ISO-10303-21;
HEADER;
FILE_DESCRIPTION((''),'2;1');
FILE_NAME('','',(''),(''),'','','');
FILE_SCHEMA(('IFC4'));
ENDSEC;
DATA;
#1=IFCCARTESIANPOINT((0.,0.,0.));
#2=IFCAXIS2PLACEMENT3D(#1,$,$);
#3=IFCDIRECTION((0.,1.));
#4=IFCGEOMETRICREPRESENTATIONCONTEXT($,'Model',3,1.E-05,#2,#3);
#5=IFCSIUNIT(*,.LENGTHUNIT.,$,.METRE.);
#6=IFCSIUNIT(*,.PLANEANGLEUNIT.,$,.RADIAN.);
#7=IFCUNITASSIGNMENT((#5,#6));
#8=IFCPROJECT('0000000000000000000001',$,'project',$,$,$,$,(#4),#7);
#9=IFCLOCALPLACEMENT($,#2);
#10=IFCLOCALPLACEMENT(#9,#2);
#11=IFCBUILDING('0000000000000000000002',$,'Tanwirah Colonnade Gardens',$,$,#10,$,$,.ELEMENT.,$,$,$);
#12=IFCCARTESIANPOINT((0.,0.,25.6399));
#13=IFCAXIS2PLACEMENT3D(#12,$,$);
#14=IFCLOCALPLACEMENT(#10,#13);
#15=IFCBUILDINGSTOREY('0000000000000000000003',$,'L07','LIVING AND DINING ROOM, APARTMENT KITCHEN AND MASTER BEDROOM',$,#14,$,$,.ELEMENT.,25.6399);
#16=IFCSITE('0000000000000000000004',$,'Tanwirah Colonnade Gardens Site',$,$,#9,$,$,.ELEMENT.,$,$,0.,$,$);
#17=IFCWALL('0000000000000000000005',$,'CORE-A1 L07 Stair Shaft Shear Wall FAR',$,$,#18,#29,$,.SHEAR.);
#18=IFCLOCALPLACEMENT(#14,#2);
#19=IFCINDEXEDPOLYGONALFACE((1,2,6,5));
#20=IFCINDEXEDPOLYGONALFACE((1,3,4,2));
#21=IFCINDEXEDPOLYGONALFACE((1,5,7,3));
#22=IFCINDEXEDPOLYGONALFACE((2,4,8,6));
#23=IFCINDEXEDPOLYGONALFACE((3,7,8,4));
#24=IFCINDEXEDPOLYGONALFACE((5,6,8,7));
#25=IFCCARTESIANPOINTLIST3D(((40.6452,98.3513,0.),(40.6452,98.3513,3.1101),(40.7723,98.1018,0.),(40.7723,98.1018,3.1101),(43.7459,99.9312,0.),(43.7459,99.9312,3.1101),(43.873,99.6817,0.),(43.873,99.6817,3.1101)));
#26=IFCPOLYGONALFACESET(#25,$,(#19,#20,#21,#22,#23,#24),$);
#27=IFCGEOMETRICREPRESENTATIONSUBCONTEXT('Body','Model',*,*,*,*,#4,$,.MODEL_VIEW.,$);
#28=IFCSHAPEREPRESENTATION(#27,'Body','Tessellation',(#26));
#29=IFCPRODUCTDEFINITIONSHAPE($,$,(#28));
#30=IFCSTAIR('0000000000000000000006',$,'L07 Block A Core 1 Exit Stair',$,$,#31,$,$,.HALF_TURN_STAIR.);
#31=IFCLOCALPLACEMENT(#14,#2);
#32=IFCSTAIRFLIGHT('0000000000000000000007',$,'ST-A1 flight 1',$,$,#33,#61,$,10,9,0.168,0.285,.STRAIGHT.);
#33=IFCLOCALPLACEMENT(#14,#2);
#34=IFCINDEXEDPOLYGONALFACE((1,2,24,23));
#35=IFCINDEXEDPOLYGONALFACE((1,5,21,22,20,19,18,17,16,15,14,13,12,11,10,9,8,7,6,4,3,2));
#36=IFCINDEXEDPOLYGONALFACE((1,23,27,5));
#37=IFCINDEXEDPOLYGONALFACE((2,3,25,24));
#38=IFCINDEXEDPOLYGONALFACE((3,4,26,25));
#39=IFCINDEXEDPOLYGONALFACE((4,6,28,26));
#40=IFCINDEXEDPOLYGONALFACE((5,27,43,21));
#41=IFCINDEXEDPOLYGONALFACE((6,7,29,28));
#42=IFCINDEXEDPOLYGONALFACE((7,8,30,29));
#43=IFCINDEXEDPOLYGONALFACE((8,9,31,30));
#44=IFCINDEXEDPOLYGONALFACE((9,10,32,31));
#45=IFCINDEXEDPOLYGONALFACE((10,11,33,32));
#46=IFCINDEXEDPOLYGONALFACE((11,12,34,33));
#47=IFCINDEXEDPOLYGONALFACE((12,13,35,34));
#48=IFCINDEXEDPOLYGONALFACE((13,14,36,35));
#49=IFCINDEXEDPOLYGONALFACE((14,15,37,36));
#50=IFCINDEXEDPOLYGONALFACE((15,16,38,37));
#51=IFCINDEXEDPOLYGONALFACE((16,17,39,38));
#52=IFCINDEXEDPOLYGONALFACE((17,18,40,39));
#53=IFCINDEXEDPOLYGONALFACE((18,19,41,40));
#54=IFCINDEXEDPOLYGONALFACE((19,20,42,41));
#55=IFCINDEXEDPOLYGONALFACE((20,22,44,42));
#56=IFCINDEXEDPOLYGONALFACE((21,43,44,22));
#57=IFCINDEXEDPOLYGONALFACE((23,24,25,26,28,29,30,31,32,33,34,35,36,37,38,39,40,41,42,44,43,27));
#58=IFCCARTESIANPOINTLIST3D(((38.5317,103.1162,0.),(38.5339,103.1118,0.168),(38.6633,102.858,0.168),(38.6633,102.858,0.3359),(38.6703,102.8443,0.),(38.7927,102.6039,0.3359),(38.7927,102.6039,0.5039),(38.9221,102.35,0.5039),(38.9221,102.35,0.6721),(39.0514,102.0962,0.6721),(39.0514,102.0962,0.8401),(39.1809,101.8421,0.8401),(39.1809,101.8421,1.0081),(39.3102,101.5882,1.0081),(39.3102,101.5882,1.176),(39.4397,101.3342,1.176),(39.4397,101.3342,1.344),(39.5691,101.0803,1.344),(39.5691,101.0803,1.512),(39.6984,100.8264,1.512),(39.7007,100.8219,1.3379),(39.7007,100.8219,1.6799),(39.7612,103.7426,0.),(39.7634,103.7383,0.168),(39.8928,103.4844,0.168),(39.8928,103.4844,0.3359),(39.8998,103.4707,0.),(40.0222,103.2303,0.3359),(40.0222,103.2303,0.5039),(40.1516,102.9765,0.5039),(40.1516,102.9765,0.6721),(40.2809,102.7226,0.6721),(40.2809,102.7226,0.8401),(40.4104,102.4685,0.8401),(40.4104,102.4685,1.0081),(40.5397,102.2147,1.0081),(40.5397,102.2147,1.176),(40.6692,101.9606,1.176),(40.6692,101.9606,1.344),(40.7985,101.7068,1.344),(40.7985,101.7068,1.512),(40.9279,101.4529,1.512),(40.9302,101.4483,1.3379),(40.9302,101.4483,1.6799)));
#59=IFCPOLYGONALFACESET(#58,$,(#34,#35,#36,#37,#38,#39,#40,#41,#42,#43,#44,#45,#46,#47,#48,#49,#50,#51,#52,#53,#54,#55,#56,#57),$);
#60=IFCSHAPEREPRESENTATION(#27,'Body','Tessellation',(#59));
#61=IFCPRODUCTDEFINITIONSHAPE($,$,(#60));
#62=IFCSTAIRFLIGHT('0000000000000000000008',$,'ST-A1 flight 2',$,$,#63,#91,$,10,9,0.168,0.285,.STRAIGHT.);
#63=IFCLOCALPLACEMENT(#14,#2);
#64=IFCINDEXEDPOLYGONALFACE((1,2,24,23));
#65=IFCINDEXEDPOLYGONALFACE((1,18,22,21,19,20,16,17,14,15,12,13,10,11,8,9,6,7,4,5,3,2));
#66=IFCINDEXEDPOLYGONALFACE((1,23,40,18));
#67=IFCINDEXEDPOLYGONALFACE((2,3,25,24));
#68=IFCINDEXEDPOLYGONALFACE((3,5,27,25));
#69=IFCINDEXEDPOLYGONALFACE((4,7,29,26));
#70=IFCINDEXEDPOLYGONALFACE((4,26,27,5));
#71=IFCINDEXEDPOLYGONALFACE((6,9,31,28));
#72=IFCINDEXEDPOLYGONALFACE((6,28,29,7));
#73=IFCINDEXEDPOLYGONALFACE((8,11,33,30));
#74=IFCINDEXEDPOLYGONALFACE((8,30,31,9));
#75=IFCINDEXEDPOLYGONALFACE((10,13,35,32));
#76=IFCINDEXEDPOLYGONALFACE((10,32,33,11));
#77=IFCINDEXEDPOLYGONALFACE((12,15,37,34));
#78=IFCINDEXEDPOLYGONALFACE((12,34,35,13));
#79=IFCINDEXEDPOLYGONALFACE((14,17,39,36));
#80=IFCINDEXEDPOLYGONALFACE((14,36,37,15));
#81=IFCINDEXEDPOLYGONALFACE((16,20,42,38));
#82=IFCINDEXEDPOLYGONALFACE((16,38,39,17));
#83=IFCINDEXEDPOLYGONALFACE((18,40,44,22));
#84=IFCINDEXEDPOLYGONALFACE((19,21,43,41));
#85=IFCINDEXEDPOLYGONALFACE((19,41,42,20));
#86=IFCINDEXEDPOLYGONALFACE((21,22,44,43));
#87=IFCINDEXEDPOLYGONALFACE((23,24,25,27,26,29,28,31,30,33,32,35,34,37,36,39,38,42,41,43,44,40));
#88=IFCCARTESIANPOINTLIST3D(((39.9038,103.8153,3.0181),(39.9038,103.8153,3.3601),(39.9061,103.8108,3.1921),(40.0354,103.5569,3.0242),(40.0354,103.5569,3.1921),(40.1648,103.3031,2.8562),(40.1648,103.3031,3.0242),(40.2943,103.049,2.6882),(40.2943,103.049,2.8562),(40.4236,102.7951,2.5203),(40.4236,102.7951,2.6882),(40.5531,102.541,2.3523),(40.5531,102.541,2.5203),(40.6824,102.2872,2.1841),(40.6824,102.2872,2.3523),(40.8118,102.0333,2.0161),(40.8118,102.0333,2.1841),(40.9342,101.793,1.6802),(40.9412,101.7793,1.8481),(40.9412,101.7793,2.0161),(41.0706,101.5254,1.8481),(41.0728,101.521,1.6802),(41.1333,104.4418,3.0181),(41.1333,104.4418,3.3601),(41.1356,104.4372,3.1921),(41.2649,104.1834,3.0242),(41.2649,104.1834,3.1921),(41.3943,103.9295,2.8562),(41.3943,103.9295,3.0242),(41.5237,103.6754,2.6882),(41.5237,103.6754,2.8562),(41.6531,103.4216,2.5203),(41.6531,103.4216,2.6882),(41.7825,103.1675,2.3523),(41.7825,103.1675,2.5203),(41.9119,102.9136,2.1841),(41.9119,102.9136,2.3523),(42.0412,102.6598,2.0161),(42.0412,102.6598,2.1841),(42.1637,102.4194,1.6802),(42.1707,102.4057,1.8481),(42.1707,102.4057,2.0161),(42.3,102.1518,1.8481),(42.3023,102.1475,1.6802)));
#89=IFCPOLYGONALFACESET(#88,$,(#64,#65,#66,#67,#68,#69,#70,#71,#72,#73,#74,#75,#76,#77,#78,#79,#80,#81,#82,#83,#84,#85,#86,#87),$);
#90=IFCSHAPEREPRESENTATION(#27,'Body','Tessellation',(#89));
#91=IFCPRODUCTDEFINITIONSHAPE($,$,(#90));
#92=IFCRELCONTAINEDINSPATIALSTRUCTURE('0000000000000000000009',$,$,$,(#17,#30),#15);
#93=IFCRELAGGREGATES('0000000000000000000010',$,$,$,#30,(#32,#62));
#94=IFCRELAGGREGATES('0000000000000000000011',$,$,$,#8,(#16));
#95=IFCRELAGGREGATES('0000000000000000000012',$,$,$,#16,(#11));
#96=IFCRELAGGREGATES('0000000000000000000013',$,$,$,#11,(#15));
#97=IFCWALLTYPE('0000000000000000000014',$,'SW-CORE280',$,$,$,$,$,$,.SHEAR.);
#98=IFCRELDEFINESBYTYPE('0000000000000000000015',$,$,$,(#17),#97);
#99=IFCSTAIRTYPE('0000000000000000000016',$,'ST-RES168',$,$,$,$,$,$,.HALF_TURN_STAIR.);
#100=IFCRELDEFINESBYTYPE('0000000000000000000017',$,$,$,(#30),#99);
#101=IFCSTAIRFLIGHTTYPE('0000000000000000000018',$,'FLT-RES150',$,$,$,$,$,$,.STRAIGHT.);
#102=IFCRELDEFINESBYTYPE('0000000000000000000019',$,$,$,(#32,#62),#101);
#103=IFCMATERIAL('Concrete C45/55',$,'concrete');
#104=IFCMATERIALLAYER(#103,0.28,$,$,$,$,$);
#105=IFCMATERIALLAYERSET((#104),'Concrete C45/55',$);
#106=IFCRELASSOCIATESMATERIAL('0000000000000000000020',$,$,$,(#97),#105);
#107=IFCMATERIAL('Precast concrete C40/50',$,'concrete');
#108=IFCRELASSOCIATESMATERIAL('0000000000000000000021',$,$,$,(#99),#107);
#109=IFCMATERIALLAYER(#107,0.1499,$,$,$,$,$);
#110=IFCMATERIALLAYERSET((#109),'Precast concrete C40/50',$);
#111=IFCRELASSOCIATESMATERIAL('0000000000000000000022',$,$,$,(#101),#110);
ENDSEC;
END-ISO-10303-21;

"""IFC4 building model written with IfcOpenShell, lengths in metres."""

from ifc_helpers import new_model, si_unit, direction, frame, frame_2d, origin, place, context, subcontext, project, spatial, polyline, rectangle, outline, extrude, material, layer, layer_set, type_object, element, aggregate, save


model = new_model("IFC4")

# Units and contexts
model_context = context("Model", 3, precision=1e-05, world=origin(), true_north=direction((0.0, 1.0)))
body_context = subcontext(model_context, "Body", "Model", "MODEL_VIEW")
ifc_project = project(units=[si_unit("LENGTHUNIT", "METRE"), si_unit("PLANEANGLEUNIT", "RADIAN")], contexts=[model_context])

# Site, building, storey
site_placement = place(None, origin())
site = spatial("IfcSite", under=ifc_project, at=site_placement, Name="Tanwirah Colonnade Gardens Site", CompositionType="ELEMENT", RefElevation=0.0)
building_placement = place(site_placement, origin())
building = spatial("IfcBuilding", under=site, at=building_placement, Name="Tanwirah Colonnade Gardens", CompositionType="ELEMENT")
storey_placement = place(building_placement, frame((0.0, 0.0, 25.6399)))
storey = spatial("IfcBuildingStorey", under=building, at=storey_placement, Name="L07", Description="LIVING AND DINING ROOM, APARTMENT KITCHEN AND MASTER BEDROOM", CompositionType="ELEMENT", Elevation=25.6399)

# Shared definitions
ifc_material_1 = material(Name="Precast concrete C40/50", Category="concrete")

# Wall
ifc_material_2 = material(Name="Concrete C45/55", Category="concrete")
ifc_layer_1 = layer(ifc_material_2, 0.28)
ifc_layer_set_1 = layer_set([ifc_layer_1], Name="Concrete C45/55")
wall_type_1 = type_object("IfcWallType", Name="SW-CORE280", PredefinedType="SHEAR", material=ifc_layer_set_1)
wall_1_placement = place(storey_placement, frame((40.7087, 98.2266, 0.0), z_axis=(0.0, 0.0, 1.0), x_axis=(0.891006, 0.453992, 0.0)))
element("IfcWall", 1, at=wall_1_placement, inside=storey, type_object=wall_type_1, Name="CORE-A1 L07 Stair Shaft Shear Wall FAR", PredefinedType="SHEAR", context=body_context, shape_type="SweptSolid", body=[
    extrude(rectangle(XDim=3.48, YDim=0.28, at=frame_2d((1.74, 0.0))), origin(), (0.0, 0.0, 1.0), 3.1101),
])

# Stair, stair flights
stair_type = type_object("IfcStairType", Name="ST-RES168", PredefinedType="HALF_TURN_STAIR", material=ifc_material_1)
stair_placement = place(storey_placement, origin())
stair = element("IfcStair", 2, at=stair_placement, inside=storey, type_object=stair_type, Name="L07 Block A Core 1 Exit Stair", PredefinedType="HALF_TURN_STAIR")
ifc_layer_2 = layer(ifc_material_1, 0.1499)
ifc_layer_set_2 = layer_set([ifc_layer_2], Name="Precast concrete C40/50")
stair_flight_type = type_object("IfcStairFlightType", Name="FLT-RES150", PredefinedType="STRAIGHT", material=ifc_layer_set_2)
stair_flight_1_placement = place(storey_placement, frame((39.1487, 103.425, 0.0), z_axis=(0.0, 0.0, 1.0), x_axis=(0.45399, -0.891007, 0.0)))
stair_flight_1 = element("IfcStairFlight", 3, at=stair_flight_1_placement, type_object=stair_flight_type, Name="ST-A1 flight 1", NumberOfRisers=10, NumberOfTreads=9, PredefinedType="STRAIGHT", RiserHeight=0.168, TreadLength=0.285, context=body_context, shape_type="SweptSolid", body=[
    extrude(outline(polyline([(-0.0049, 0.0), (0.0, 0.168), (0.2849, 0.168), (0.2849, 0.3359), (0.5701, 0.3359), (0.5701, 0.5039), (0.855, 0.5039), (0.855, 0.6721), (1.1399, 0.6721), (1.1399, 0.8401), (1.425, 0.8401), (1.425, 1.0081), (1.71, 1.0081), (1.71, 1.176), (1.9951, 1.176), (1.9951, 1.344), (2.28, 1.344), (2.28, 1.512), (2.5649, 1.512), (2.5701, 1.6799), (2.5701, 1.3379), (0.3003, 0.0), (-0.0049, 0.0)])), frame((0.0, 0.6899, 0.0), z_axis=(0.0, -1.0, 0.0), x_axis=(1.0, 0.0, 0.0)), (0.0, 0.0, 1.0), 1.3799),
])
stair_flight_2_placement = place(storey_placement, frame((41.6853, 101.8386, 1.6802), z_axis=(0.0, 0.0, 1.0), x_axis=(-0.45399, 0.891007, 0.0)))
stair_flight_2 = element("IfcStairFlight", 4, at=stair_flight_2_placement, type_object=stair_flight_type, Name="ST-A1 flight 2", NumberOfRisers=10, NumberOfTreads=9, PredefinedType="STRAIGHT", RiserHeight=0.168, TreadLength=0.285, context=body_context, shape_type="SweptSolid", body=[
    extrude(outline(polyline([(-0.0049, 0.0), (0.0, 0.168), (0.2849, 0.168), (0.2849, 0.3359), (0.5701, 0.3359), (0.5701, 0.5039), (0.855, 0.5039), (0.855, 0.6721), (1.1399, 0.6721), (1.1399, 0.8401), (1.425, 0.8401), (1.425, 1.0081), (1.71, 1.0081), (1.71, 1.176), (1.9951, 1.176), (1.9951, 1.344), (2.28, 1.344), (2.28, 1.512), (2.5649, 1.512), (2.5701, 1.6799), (2.5701, 1.3379), (0.3003, 0.0), (-0.0049, 0.0)])), frame((0.0, 0.6899, 0.0), z_axis=(0.0, -1.0, 0.0), x_axis=(1.0, 0.0, 0.0)), (0.0, 0.0, 1.0), 1.3799),
])
aggregate(stair, [stair_flight_1, stair_flight_2])

save(model, "model.ifc")
